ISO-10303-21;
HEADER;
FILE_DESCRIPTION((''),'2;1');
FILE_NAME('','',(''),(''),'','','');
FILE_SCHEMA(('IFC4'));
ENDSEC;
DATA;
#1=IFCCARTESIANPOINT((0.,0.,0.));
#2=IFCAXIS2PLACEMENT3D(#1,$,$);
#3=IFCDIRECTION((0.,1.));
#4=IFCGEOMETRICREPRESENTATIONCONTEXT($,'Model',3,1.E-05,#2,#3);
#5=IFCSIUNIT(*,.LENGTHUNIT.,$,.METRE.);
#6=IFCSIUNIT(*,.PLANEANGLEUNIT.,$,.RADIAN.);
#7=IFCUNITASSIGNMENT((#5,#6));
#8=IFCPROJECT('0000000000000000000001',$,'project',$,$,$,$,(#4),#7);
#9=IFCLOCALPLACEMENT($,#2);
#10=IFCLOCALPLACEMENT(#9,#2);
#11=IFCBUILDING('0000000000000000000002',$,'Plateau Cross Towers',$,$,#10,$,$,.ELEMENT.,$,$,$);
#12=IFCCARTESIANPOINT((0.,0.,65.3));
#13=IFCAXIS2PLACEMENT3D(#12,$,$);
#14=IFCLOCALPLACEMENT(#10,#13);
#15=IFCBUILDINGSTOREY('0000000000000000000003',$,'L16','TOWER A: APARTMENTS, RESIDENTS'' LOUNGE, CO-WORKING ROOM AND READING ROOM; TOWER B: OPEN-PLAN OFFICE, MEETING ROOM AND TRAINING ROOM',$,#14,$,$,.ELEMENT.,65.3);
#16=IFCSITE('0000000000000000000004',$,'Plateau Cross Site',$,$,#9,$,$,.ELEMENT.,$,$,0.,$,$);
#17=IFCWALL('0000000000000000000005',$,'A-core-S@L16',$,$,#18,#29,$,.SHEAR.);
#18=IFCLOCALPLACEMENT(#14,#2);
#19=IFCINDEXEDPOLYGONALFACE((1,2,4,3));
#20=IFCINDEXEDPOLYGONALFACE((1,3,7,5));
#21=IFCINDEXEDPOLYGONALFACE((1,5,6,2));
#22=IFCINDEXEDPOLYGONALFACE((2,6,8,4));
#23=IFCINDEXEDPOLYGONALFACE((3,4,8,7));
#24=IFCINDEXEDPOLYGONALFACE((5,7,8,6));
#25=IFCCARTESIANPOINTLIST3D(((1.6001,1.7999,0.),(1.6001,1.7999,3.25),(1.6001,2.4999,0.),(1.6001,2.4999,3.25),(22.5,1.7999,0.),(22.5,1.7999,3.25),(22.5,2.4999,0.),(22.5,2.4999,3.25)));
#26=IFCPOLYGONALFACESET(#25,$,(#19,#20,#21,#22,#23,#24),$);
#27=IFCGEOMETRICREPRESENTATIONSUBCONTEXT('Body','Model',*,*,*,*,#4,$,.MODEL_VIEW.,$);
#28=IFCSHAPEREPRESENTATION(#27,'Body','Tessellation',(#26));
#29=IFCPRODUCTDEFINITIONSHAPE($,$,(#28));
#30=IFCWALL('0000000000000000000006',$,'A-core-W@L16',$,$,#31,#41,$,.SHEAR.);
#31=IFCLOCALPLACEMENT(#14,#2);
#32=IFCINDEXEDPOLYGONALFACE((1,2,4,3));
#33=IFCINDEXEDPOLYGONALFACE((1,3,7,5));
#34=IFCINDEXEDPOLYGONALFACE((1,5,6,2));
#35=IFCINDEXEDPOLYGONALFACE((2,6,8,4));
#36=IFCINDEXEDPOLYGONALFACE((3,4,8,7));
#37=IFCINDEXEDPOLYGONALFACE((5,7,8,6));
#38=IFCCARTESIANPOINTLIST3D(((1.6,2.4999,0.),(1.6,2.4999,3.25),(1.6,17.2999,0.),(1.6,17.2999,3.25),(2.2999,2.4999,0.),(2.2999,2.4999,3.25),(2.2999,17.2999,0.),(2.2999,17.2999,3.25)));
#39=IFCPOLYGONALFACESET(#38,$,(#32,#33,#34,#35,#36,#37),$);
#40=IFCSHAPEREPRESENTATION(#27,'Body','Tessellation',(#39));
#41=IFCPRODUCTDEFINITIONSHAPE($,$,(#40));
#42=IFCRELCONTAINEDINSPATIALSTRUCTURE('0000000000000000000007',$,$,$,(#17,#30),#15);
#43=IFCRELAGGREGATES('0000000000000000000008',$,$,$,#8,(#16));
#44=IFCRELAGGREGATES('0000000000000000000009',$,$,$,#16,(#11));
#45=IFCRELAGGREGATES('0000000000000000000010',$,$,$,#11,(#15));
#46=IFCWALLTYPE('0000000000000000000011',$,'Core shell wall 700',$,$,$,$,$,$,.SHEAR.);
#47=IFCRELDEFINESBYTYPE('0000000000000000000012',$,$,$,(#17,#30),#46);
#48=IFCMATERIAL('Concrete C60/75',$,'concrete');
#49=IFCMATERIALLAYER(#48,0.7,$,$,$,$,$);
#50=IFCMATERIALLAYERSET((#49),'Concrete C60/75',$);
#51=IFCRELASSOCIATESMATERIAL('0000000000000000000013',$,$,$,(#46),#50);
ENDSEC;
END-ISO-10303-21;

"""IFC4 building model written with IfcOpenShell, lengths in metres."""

from ifc_helpers import new_model, si_unit, direction, frame, frame_2d, origin, place, context, subcontext, project, spatial, rectangle, extrude, material, layer, layer_set, type_object, element, save


model = new_model("IFC4")

# Units and contexts
model_context = context("Model", 3, precision=1e-05, world=origin(), true_north=direction((0.0, 1.0)))
body_context = subcontext(model_context, "Body", "Model", "MODEL_VIEW")
ifc_project = project(units=[si_unit("LENGTHUNIT", "METRE"), si_unit("PLANEANGLEUNIT", "RADIAN")], contexts=[model_context])

# Site, building, storey
site_placement = place(None, origin())
site = spatial("IfcSite", under=ifc_project, at=site_placement, Name="Plateau Cross Site", CompositionType="ELEMENT", RefElevation=0.0)
building_placement = place(site_placement, origin())
building = spatial("IfcBuilding", under=site, at=building_placement, Name="Plateau Cross Towers", CompositionType="ELEMENT")
storey_placement = place(building_placement, frame((0.0, 0.0, 65.3)))
storey = spatial("IfcBuildingStorey", under=building, at=storey_placement, Name="L16", Description="TOWER A: APARTMENTS, RESIDENTS' LOUNGE, CO-WORKING ROOM AND READING ROOM; TOWER B: OPEN-PLAN OFFICE, MEETING ROOM AND TRAINING ROOM", CompositionType="ELEMENT", Elevation=65.3)

# Shared definitions
ifc_material_1 = material(Name="Concrete C60/75", Category="concrete")

# Walls
ifc_layer_1 = layer(ifc_material_1, 0.7)
ifc_layer_set_1 = layer_set([ifc_layer_1], Name="Concrete C60/75")
wall_type_1 = type_object("IfcWallType", Name="Core shell wall 700", PredefinedType="SHEAR", material=ifc_layer_set_1)
wall_1_placement = place(storey_placement, frame((1.6001, 2.1499, 0.0), z_axis=(0.0, 0.0, 1.0), x_axis=(1.0, 0.0, 0.0)))
element("IfcWall", 1, at=wall_1_placement, inside=storey, type_object=wall_type_1, Name="A-core-S@L16", PredefinedType="SHEAR", context=body_context, shape_type="SweptSolid", body=[
    extrude(rectangle(XDim=20.8999, YDim=0.7, at=frame_2d((10.45, 0.0))), origin(), (0.0, 0.0, 1.0), 3.25),
])
wall_2_placement = place(storey_placement, frame((1.95, 2.5, 0.0), z_axis=(0.0, 0.0, 1.0), x_axis=(0.0, 1.0, 0.0)))
element("IfcWall", 2, at=wall_2_placement, inside=storey, type_object=wall_type_1, Name="A-core-W@L16", PredefinedType="SHEAR", context=body_context, shape_type="SweptSolid", body=[
    extrude(rectangle(XDim=14.8, YDim=0.7, at=frame_2d((7.3999, 0.0))), origin(), (0.0, 0.0, 1.0), 3.25),
])

save(model, "model.ifc")
